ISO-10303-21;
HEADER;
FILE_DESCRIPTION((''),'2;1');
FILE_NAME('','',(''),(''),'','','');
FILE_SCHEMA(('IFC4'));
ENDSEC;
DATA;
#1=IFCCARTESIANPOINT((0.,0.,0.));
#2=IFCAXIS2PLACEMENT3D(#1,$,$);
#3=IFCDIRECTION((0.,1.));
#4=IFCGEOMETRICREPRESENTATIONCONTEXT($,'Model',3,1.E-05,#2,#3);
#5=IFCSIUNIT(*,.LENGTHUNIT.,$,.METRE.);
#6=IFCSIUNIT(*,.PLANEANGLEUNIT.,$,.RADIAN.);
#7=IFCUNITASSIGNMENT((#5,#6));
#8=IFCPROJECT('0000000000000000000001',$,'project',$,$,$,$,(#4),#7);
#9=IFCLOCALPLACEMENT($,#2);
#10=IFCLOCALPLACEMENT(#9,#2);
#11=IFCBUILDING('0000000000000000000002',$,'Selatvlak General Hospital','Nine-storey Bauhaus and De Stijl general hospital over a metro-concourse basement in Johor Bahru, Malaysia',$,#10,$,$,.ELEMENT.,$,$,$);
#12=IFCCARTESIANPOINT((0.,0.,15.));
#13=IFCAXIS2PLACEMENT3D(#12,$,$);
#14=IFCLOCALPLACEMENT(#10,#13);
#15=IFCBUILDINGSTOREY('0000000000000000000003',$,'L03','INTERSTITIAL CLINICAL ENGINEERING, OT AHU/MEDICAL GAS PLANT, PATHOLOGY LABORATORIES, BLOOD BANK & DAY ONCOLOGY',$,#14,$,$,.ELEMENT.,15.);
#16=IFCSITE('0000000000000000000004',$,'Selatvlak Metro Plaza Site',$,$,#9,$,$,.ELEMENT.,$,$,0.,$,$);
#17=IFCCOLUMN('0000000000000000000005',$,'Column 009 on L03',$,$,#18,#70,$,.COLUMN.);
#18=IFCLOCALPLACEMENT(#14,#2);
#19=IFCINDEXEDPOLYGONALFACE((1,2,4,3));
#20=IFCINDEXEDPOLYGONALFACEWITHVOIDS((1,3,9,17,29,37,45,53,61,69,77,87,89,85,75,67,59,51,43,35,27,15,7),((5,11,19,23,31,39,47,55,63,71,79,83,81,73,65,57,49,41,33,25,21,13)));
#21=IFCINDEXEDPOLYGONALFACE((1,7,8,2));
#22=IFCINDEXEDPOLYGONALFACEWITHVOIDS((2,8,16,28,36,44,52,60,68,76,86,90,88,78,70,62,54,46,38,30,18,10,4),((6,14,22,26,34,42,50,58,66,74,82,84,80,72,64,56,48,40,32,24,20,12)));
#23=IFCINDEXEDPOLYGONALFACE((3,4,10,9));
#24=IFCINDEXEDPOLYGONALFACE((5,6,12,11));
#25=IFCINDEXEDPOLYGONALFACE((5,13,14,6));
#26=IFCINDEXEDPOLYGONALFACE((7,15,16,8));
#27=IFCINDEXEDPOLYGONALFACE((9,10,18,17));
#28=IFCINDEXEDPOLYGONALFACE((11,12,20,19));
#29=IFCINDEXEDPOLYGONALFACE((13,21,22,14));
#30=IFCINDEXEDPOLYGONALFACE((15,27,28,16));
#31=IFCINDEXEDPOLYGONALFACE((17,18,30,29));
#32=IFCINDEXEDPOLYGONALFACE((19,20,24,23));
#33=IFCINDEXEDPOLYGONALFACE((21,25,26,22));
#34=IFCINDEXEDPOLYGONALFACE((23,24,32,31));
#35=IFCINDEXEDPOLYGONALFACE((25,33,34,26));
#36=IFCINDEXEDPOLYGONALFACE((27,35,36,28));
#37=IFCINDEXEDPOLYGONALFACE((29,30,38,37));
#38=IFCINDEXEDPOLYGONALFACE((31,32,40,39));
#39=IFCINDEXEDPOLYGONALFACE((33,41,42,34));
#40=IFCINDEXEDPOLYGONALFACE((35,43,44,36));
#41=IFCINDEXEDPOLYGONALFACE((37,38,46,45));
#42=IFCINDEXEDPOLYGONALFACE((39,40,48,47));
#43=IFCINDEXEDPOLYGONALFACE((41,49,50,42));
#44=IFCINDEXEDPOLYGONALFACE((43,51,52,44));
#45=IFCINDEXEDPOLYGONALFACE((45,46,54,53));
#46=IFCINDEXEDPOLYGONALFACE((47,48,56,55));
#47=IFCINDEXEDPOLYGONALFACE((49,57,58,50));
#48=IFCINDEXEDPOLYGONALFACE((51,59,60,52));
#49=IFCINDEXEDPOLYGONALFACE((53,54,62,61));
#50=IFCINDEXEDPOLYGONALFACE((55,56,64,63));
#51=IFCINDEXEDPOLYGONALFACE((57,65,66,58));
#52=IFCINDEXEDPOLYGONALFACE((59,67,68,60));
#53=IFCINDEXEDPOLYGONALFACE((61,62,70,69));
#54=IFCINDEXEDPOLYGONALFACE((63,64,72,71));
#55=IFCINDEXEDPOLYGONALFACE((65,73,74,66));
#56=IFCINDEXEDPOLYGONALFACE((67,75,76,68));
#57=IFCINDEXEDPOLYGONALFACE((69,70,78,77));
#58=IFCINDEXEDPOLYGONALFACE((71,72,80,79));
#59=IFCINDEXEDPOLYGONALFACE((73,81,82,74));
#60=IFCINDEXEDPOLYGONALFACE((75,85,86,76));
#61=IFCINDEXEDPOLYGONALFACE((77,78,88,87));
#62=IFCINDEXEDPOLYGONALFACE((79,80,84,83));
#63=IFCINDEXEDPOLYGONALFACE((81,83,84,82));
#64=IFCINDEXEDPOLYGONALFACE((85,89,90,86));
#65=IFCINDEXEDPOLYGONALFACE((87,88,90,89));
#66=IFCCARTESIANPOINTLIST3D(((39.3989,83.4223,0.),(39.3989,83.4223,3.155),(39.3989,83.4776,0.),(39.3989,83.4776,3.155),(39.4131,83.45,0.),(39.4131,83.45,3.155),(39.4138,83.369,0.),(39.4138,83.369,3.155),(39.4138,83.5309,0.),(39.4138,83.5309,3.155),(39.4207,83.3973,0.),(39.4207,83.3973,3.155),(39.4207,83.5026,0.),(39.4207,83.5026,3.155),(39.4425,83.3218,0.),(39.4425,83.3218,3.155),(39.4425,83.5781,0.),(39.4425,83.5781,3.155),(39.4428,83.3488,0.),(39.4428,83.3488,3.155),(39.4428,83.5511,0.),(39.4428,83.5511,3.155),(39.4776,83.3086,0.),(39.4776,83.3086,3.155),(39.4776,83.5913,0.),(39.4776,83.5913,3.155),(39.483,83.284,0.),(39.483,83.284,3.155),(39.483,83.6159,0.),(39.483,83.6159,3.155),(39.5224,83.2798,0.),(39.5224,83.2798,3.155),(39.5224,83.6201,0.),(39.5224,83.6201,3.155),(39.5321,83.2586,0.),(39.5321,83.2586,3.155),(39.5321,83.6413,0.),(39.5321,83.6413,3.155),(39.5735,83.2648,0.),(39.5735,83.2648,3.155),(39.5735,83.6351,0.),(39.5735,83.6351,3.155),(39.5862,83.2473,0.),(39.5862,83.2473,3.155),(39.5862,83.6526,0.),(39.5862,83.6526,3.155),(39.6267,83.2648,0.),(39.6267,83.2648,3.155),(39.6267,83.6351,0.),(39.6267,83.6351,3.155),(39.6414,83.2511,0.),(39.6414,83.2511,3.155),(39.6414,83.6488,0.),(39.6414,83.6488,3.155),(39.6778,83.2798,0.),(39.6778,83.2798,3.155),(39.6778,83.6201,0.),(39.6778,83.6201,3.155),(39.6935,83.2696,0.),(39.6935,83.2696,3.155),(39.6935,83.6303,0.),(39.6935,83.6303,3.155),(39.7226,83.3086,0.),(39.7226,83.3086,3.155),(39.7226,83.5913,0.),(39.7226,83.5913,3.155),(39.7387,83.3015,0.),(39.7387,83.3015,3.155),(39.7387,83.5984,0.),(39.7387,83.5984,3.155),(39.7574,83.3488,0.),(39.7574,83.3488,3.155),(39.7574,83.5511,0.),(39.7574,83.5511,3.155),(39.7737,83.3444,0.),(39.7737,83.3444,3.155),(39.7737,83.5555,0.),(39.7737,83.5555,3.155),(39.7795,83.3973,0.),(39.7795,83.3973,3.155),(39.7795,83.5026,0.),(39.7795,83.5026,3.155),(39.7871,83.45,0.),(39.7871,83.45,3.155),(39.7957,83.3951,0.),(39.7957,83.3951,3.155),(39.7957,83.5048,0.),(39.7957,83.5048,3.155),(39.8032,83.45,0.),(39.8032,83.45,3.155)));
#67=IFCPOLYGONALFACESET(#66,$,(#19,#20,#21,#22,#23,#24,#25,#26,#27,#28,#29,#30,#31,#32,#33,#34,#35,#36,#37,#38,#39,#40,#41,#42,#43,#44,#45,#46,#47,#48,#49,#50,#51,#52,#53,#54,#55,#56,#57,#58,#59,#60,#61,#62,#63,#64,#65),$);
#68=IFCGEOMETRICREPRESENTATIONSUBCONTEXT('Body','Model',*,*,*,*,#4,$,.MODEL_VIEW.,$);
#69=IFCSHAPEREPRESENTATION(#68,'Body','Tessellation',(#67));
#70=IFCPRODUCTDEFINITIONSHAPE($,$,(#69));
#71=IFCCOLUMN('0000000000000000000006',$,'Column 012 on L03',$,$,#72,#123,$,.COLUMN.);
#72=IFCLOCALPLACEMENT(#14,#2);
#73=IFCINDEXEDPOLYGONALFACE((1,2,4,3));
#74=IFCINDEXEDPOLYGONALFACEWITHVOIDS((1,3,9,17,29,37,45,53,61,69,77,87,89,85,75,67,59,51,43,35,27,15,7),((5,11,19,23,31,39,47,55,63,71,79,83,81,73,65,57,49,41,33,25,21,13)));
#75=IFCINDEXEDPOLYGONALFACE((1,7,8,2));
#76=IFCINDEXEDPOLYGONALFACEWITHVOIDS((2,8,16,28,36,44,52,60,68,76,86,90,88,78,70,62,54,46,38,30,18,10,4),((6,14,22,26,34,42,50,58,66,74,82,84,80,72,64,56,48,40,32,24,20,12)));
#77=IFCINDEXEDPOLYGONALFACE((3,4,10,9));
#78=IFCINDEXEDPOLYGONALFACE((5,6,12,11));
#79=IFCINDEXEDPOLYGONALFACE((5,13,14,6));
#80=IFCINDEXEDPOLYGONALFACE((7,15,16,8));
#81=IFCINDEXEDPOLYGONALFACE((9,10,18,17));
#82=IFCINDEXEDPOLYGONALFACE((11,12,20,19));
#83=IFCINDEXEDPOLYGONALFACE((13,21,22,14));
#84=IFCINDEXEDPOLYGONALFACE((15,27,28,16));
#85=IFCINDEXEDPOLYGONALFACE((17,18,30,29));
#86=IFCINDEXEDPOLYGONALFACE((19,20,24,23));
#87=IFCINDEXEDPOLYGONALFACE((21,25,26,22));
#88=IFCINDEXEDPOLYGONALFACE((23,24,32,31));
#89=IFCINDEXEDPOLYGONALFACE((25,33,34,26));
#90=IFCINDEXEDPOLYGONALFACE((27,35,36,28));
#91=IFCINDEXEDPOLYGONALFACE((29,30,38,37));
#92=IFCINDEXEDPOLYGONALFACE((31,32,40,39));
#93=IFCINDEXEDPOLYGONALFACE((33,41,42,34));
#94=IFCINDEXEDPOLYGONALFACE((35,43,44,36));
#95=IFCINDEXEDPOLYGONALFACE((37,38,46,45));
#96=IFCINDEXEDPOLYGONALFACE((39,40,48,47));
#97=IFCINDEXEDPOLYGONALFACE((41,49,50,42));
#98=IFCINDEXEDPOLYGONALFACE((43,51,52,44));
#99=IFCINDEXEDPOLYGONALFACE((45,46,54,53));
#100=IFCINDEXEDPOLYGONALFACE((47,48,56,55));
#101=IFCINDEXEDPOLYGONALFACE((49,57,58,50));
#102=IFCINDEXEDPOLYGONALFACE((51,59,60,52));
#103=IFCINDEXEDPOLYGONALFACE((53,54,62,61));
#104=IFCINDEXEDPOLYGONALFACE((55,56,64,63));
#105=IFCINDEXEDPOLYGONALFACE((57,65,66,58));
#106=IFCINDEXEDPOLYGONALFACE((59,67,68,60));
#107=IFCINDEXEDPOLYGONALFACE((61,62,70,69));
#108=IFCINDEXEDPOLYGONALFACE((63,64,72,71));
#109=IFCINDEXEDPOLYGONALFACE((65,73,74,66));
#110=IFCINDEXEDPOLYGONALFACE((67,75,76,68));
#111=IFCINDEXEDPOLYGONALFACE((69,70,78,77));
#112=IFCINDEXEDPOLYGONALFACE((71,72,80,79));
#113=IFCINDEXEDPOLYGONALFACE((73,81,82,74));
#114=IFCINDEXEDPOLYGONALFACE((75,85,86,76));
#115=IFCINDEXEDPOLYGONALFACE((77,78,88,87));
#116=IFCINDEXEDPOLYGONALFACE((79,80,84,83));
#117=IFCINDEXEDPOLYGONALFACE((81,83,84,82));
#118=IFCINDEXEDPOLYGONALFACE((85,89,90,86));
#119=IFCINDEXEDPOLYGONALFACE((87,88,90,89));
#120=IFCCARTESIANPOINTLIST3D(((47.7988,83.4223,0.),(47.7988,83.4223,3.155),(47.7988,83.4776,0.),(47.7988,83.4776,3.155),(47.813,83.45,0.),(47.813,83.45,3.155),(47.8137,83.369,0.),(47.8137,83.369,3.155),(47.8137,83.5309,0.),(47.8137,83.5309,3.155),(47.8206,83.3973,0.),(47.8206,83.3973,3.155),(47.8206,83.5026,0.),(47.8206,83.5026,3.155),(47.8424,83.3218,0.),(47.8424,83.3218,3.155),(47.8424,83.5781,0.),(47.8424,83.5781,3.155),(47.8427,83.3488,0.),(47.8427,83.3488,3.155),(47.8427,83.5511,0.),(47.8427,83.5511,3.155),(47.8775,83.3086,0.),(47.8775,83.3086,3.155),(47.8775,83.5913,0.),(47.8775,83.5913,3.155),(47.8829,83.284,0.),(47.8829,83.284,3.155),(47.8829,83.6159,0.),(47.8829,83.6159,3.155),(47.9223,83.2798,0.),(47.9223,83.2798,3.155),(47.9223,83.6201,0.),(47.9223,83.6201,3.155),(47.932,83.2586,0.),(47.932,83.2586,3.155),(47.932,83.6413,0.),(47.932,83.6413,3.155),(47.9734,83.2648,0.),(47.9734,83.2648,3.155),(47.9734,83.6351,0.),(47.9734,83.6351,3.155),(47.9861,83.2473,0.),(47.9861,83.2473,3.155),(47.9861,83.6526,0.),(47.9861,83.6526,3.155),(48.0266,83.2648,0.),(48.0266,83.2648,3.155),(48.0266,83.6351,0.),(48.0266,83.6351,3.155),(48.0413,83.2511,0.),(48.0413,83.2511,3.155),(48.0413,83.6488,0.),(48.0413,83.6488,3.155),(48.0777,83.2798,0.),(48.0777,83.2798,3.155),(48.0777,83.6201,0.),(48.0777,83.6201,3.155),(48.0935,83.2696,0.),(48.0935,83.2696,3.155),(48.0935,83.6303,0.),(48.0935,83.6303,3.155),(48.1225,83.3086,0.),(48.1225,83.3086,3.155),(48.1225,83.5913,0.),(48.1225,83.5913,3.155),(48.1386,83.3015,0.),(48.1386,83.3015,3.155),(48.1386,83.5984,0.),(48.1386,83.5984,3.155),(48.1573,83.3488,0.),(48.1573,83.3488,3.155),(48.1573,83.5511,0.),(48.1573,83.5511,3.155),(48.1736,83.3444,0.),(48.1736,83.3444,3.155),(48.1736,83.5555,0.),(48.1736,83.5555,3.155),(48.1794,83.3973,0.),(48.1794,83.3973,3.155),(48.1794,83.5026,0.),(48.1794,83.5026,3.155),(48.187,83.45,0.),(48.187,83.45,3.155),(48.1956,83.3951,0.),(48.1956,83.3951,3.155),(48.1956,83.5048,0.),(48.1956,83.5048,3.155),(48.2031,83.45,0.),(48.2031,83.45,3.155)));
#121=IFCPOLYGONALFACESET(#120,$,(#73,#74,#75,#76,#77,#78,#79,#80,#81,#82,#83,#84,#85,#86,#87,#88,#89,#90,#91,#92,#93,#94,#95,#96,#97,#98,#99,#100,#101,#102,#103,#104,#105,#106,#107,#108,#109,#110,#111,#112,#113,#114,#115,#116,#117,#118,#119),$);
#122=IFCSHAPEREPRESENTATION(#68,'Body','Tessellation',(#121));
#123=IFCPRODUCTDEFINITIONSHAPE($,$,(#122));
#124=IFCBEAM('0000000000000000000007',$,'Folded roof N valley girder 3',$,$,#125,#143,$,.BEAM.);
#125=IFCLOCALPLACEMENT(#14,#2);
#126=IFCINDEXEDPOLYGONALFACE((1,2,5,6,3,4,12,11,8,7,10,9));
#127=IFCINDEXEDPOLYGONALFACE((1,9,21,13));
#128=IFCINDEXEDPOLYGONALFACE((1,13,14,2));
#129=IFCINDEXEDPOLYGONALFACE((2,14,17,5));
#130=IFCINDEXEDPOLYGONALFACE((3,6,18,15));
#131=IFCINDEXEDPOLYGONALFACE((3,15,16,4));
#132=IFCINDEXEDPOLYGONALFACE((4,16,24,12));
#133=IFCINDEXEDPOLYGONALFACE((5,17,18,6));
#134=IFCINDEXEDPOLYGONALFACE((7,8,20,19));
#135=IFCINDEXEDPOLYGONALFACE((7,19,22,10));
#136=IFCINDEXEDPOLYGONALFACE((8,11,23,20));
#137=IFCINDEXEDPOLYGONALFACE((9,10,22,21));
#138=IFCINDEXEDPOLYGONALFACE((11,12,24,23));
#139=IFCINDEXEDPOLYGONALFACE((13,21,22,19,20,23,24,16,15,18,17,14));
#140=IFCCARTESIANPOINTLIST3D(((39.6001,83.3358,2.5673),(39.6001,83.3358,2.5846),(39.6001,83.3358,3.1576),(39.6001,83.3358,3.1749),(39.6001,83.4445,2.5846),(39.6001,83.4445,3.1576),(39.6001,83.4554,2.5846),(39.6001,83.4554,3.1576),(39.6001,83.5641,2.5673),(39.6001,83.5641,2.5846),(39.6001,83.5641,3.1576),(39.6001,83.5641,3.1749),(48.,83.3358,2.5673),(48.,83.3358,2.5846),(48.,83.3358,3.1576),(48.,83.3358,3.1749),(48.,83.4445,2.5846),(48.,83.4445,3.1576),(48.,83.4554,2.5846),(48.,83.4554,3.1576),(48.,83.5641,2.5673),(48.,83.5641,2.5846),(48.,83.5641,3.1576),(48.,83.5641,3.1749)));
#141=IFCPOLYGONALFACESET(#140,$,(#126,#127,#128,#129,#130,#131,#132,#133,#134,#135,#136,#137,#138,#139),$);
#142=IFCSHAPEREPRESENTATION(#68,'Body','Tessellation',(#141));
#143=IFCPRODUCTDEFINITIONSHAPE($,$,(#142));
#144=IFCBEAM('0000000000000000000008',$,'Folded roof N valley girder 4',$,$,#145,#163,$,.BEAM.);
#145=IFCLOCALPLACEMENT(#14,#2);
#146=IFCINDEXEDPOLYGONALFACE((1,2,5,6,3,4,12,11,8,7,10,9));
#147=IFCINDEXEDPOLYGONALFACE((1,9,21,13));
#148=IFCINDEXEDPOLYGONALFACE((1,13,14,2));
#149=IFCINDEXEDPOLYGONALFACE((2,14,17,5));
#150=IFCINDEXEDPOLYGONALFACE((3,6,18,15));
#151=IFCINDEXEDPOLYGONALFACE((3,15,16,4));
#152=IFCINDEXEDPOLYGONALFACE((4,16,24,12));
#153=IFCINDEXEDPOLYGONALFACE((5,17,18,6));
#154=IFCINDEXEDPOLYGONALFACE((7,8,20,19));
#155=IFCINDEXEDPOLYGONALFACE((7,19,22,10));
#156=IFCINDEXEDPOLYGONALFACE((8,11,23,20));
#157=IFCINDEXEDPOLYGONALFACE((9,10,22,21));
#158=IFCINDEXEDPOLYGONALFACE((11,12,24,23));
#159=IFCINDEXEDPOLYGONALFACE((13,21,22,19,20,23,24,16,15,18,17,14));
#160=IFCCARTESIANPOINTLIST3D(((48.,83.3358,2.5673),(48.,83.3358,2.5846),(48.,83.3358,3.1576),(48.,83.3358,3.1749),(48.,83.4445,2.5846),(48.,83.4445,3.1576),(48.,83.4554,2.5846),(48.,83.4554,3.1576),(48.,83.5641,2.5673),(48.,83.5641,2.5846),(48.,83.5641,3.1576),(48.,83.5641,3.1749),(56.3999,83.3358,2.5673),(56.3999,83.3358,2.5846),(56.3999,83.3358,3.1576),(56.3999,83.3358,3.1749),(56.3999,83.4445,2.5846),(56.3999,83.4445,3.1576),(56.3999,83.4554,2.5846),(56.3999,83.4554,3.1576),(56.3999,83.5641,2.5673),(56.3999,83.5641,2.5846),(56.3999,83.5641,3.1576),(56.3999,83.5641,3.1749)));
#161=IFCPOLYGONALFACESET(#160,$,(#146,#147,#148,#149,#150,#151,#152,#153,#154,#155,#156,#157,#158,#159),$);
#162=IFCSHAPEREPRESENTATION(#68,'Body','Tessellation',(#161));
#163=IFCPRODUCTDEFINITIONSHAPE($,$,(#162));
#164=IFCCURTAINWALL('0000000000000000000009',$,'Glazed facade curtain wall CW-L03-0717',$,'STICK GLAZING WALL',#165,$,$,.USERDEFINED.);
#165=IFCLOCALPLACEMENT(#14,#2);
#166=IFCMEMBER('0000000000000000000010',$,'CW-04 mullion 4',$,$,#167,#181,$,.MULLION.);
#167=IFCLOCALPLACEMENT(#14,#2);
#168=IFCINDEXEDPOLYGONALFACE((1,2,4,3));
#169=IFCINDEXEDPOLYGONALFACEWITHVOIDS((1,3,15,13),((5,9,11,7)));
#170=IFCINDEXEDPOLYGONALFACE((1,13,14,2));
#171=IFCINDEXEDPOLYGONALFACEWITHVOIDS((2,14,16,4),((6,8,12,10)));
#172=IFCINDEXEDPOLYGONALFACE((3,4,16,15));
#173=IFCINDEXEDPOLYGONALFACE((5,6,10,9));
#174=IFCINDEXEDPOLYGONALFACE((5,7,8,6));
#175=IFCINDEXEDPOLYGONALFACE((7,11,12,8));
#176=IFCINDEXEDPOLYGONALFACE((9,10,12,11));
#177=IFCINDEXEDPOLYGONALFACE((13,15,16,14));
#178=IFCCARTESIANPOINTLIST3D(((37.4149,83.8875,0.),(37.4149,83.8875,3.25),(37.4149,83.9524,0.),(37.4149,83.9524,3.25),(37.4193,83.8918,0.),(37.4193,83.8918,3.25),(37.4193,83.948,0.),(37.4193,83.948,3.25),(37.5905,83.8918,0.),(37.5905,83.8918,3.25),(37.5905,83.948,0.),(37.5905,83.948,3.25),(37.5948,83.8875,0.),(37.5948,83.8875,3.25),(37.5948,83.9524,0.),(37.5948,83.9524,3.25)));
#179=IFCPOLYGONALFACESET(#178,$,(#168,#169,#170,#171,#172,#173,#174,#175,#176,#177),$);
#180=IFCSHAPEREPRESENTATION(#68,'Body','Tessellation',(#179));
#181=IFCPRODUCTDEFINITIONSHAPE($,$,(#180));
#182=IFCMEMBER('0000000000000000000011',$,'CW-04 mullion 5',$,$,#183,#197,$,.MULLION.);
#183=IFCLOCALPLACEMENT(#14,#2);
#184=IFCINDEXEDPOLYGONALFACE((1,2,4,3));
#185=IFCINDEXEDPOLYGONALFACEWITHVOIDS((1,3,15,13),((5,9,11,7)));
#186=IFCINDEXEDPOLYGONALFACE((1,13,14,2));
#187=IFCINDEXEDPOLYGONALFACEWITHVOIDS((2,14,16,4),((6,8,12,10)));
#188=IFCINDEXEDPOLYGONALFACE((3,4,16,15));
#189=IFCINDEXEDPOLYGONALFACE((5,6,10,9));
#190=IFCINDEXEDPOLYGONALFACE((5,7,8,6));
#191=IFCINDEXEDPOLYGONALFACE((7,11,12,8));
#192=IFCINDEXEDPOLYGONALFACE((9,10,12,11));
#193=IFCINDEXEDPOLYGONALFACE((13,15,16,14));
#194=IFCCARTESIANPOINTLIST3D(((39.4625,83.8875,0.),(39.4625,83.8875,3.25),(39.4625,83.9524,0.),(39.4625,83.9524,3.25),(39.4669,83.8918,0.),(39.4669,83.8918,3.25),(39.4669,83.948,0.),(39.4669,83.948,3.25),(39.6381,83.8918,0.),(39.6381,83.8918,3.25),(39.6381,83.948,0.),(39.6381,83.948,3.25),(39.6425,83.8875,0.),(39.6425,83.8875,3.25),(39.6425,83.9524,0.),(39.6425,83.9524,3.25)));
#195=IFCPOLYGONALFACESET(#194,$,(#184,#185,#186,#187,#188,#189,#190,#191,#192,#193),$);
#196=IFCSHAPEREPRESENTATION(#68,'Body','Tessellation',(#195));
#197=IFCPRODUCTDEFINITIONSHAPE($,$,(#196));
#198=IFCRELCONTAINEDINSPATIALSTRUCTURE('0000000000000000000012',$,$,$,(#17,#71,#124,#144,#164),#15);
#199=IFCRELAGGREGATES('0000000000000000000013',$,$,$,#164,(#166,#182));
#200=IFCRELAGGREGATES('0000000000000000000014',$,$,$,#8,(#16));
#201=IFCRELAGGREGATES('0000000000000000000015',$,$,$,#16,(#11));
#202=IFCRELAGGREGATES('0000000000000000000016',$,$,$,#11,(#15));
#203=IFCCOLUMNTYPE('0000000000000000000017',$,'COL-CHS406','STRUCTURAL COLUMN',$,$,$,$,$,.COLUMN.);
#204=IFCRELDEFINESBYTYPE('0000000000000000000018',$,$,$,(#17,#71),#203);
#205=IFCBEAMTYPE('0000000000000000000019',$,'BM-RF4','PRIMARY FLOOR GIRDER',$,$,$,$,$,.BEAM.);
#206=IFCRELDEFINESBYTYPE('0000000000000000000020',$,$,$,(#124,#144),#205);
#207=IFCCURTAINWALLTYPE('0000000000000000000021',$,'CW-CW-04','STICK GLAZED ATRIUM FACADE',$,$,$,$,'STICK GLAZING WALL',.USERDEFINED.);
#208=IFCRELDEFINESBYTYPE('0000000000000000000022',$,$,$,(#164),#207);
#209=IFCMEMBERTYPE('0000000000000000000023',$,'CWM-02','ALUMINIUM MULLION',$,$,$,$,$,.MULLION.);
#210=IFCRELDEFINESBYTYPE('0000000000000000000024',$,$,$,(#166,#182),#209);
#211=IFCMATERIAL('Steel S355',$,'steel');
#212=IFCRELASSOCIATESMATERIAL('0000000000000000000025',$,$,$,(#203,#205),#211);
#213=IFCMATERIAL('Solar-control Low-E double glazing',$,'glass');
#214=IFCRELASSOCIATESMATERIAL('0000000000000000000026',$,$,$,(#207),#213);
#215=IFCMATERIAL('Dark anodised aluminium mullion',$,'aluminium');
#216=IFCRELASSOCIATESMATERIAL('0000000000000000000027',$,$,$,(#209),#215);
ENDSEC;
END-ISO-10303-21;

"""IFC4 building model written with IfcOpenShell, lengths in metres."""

from ifc_helpers import new_model, si_unit, direction, frame, origin, origin_2d, place, context, subcontext, project, spatial, hollow_rectangle, hollow_circle, i_section, extrude, material, material_profile, profile_set, type_object, element, aggregate, save


model = new_model("IFC4")

# Units and contexts
model_context = context("Model", 3, precision=1e-05, world=origin(), true_north=direction((0.0, 1.0)))
body_context = subcontext(model_context, "Body", "Model", "MODEL_VIEW")
ifc_project = project(units=[si_unit("LENGTHUNIT", "METRE"), si_unit("PLANEANGLEUNIT", "RADIAN")], contexts=[model_context])

# Site, building, storey
site_placement = place(None, origin())
site = spatial("IfcSite", under=ifc_project, at=site_placement, Name="Selatvlak Metro Plaza Site", CompositionType="ELEMENT", RefElevation=0.0)
building_placement = place(site_placement, origin())
building = spatial("IfcBuilding", under=site, at=building_placement, Name="Selatvlak General Hospital", Description="Nine-storey Bauhaus and De Stijl general hospital over a metro-concourse basement in Johor Bahru, Malaysia", CompositionType="ELEMENT")
storey_placement = place(building_placement, frame((0.0, 0.0, 15.0)))
storey = spatial("IfcBuildingStorey", under=building, at=storey_placement, Name="L03", Description="INTERSTITIAL CLINICAL ENGINEERING, OT AHU/MEDICAL GAS PLANT, PATHOLOGY LABORATORIES, BLOOD BANK & DAY ONCOLOGY", CompositionType="ELEMENT", Elevation=15.0)

# Columns
ifc_material_1 = material(Name="Steel S355", Category="steel")
ifc_material_profile_1 = material_profile(ifc_material_1, hollow_circle(Radius=0.2031, WallThickness=0.0161, at=origin_2d()), Name="CHS 406.4x16")
ifc_profile_set_1 = profile_set([ifc_material_profile_1], Name="Steel S355")
column_type = type_object("IfcColumnType", Name="COL-CHS406", Description="STRUCTURAL COLUMN", PredefinedType="COLUMN", material=ifc_profile_set_1)
for number, where, z_axis, x_axis, name in (
    (1, (39.6001, 83.45, 0.0), (0.0, 0.0, 1.0), (1.0, 0.0, 0.0), "Column 009 on L03"),
    (2, (48.0, 83.45, 0.0), (0.0, 0.0, 1.0), (1.0, 0.0, 0.0), "Column 012 on L03"),
):
    element("IfcColumn", number, at=place(storey_placement, frame(where, z_axis=z_axis, x_axis=x_axis)), inside=storey, type_object=column_type, Name=name, PredefinedType="COLUMN", context=body_context, shape_type="SweptSolid", body=[
        extrude(hollow_circle(Radius=0.2031, WallThickness=0.0161, at=origin_2d()), origin(), (0.0, 0.0, 1.0), 3.155),
    ])

# Beams
ifc_material_profile_2 = material_profile(ifc_material_1, i_section(OverallWidth=0.2283, OverallDepth=0.6077, WebThickness=0.011, FlangeThickness=0.0173, at=origin_2d()), Name="UB 610x229x113")
ifc_profile_set_2 = profile_set([ifc_material_profile_2], Name="Steel S355")
beam_type = type_object("IfcBeamType", Name="BM-RF4", Description="PRIMARY FLOOR GIRDER", PredefinedType="BEAM", material=ifc_profile_set_2)
for number, where, z_axis, x_axis, name in (
    (3, (39.6001, 83.45, 2.8711), (1.0, 0.0, 0.0), (0.0, 1.0, 0.0), "Folded roof N valley girder 3"),
    (4, (48.0, 83.45, 2.8711), (1.0, 0.0, 0.0), (0.0, 1.0, 0.0), "Folded roof N valley girder 4"),
):
    element("IfcBeam", number, at=place(storey_placement, frame(where, z_axis=z_axis, x_axis=x_axis)), inside=storey, type_object=beam_type, Name=name, PredefinedType="BEAM", context=body_context, shape_type="SweptSolid", body=[
        extrude(i_section(OverallWidth=0.2283, OverallDepth=0.6077, WebThickness=0.011, FlangeThickness=0.0173, at=origin_2d()), origin(), (0.0, 0.0, 1.0), 8.3999),
    ])

# Curtain wall, members
ifc_material_2 = material(Name="Solar-control Low-E double glazing", Category="glass")
curtain_wall_type = type_object("IfcCurtainWallType", Name="CW-CW-04", Description="STICK GLAZED ATRIUM FACADE", ElementType="STICK GLAZING WALL", PredefinedType="USERDEFINED", material=ifc_material_2)
curtain_wall_1_placement = place(storey_placement, origin())
curtain_wall_1 = element("IfcCurtainWall", 5, at=curtain_wall_1_placement, inside=storey, type_object=curtain_wall_type, Name="Glazed facade curtain wall CW-L03-0717", ObjectType="STICK GLAZING WALL", PredefinedType="USERDEFINED")
ifc_material_3 = material(Name="Dark anodised aluminium mullion", Category="aluminium")
ifc_material_profile_3 = material_profile(ifc_material_3, hollow_rectangle(XDim=0.0649, YDim=0.1799, WallThickness=0.0044, at=origin_2d()), Name="AL-MUL 65x180x4.5")
ifc_profile_set_3 = profile_set([ifc_material_profile_3], Name="Dark anodised aluminium mullion")
member_type_1 = type_object("IfcMemberType", Name="CWM-02", Description="ALUMINIUM MULLION", PredefinedType="MULLION", material=ifc_profile_set_3)
member_1_placement = place(storey_placement, frame((37.5049, 83.9199, 0.0), z_axis=(0.0, 0.0, 1.0), x_axis=(0.0, 1.0, 0.0)))
member_1 = element("IfcMember", 6, at=member_1_placement, type_object=member_type_1, Name="CW-04 mullion 4", PredefinedType="MULLION", context=body_context, shape_type="SweptSolid", body=[
    extrude(hollow_rectangle(XDim=0.0649, YDim=0.1799, WallThickness=0.0044, at=origin_2d()), origin(), (0.0, 0.0, 1.0), 3.25),
])
member_2_placement = place(storey_placement, frame((39.5525, 83.9199, 0.0), z_axis=(0.0, 0.0, 1.0), x_axis=(0.0, 1.0, 0.0)))
member_2 = element("IfcMember", 7, at=member_2_placement, type_object=member_type_1, Name="CW-04 mullion 5", PredefinedType="MULLION", context=body_context, shape_type="SweptSolid", body=[
    extrude(hollow_rectangle(XDim=0.0649, YDim=0.1799, WallThickness=0.0044, at=origin_2d()), origin(), (0.0, 0.0, 1.0), 3.25),
])

aggregate(curtain_wall_1, [member_1, member_2])

save(model, "model.ifc")
